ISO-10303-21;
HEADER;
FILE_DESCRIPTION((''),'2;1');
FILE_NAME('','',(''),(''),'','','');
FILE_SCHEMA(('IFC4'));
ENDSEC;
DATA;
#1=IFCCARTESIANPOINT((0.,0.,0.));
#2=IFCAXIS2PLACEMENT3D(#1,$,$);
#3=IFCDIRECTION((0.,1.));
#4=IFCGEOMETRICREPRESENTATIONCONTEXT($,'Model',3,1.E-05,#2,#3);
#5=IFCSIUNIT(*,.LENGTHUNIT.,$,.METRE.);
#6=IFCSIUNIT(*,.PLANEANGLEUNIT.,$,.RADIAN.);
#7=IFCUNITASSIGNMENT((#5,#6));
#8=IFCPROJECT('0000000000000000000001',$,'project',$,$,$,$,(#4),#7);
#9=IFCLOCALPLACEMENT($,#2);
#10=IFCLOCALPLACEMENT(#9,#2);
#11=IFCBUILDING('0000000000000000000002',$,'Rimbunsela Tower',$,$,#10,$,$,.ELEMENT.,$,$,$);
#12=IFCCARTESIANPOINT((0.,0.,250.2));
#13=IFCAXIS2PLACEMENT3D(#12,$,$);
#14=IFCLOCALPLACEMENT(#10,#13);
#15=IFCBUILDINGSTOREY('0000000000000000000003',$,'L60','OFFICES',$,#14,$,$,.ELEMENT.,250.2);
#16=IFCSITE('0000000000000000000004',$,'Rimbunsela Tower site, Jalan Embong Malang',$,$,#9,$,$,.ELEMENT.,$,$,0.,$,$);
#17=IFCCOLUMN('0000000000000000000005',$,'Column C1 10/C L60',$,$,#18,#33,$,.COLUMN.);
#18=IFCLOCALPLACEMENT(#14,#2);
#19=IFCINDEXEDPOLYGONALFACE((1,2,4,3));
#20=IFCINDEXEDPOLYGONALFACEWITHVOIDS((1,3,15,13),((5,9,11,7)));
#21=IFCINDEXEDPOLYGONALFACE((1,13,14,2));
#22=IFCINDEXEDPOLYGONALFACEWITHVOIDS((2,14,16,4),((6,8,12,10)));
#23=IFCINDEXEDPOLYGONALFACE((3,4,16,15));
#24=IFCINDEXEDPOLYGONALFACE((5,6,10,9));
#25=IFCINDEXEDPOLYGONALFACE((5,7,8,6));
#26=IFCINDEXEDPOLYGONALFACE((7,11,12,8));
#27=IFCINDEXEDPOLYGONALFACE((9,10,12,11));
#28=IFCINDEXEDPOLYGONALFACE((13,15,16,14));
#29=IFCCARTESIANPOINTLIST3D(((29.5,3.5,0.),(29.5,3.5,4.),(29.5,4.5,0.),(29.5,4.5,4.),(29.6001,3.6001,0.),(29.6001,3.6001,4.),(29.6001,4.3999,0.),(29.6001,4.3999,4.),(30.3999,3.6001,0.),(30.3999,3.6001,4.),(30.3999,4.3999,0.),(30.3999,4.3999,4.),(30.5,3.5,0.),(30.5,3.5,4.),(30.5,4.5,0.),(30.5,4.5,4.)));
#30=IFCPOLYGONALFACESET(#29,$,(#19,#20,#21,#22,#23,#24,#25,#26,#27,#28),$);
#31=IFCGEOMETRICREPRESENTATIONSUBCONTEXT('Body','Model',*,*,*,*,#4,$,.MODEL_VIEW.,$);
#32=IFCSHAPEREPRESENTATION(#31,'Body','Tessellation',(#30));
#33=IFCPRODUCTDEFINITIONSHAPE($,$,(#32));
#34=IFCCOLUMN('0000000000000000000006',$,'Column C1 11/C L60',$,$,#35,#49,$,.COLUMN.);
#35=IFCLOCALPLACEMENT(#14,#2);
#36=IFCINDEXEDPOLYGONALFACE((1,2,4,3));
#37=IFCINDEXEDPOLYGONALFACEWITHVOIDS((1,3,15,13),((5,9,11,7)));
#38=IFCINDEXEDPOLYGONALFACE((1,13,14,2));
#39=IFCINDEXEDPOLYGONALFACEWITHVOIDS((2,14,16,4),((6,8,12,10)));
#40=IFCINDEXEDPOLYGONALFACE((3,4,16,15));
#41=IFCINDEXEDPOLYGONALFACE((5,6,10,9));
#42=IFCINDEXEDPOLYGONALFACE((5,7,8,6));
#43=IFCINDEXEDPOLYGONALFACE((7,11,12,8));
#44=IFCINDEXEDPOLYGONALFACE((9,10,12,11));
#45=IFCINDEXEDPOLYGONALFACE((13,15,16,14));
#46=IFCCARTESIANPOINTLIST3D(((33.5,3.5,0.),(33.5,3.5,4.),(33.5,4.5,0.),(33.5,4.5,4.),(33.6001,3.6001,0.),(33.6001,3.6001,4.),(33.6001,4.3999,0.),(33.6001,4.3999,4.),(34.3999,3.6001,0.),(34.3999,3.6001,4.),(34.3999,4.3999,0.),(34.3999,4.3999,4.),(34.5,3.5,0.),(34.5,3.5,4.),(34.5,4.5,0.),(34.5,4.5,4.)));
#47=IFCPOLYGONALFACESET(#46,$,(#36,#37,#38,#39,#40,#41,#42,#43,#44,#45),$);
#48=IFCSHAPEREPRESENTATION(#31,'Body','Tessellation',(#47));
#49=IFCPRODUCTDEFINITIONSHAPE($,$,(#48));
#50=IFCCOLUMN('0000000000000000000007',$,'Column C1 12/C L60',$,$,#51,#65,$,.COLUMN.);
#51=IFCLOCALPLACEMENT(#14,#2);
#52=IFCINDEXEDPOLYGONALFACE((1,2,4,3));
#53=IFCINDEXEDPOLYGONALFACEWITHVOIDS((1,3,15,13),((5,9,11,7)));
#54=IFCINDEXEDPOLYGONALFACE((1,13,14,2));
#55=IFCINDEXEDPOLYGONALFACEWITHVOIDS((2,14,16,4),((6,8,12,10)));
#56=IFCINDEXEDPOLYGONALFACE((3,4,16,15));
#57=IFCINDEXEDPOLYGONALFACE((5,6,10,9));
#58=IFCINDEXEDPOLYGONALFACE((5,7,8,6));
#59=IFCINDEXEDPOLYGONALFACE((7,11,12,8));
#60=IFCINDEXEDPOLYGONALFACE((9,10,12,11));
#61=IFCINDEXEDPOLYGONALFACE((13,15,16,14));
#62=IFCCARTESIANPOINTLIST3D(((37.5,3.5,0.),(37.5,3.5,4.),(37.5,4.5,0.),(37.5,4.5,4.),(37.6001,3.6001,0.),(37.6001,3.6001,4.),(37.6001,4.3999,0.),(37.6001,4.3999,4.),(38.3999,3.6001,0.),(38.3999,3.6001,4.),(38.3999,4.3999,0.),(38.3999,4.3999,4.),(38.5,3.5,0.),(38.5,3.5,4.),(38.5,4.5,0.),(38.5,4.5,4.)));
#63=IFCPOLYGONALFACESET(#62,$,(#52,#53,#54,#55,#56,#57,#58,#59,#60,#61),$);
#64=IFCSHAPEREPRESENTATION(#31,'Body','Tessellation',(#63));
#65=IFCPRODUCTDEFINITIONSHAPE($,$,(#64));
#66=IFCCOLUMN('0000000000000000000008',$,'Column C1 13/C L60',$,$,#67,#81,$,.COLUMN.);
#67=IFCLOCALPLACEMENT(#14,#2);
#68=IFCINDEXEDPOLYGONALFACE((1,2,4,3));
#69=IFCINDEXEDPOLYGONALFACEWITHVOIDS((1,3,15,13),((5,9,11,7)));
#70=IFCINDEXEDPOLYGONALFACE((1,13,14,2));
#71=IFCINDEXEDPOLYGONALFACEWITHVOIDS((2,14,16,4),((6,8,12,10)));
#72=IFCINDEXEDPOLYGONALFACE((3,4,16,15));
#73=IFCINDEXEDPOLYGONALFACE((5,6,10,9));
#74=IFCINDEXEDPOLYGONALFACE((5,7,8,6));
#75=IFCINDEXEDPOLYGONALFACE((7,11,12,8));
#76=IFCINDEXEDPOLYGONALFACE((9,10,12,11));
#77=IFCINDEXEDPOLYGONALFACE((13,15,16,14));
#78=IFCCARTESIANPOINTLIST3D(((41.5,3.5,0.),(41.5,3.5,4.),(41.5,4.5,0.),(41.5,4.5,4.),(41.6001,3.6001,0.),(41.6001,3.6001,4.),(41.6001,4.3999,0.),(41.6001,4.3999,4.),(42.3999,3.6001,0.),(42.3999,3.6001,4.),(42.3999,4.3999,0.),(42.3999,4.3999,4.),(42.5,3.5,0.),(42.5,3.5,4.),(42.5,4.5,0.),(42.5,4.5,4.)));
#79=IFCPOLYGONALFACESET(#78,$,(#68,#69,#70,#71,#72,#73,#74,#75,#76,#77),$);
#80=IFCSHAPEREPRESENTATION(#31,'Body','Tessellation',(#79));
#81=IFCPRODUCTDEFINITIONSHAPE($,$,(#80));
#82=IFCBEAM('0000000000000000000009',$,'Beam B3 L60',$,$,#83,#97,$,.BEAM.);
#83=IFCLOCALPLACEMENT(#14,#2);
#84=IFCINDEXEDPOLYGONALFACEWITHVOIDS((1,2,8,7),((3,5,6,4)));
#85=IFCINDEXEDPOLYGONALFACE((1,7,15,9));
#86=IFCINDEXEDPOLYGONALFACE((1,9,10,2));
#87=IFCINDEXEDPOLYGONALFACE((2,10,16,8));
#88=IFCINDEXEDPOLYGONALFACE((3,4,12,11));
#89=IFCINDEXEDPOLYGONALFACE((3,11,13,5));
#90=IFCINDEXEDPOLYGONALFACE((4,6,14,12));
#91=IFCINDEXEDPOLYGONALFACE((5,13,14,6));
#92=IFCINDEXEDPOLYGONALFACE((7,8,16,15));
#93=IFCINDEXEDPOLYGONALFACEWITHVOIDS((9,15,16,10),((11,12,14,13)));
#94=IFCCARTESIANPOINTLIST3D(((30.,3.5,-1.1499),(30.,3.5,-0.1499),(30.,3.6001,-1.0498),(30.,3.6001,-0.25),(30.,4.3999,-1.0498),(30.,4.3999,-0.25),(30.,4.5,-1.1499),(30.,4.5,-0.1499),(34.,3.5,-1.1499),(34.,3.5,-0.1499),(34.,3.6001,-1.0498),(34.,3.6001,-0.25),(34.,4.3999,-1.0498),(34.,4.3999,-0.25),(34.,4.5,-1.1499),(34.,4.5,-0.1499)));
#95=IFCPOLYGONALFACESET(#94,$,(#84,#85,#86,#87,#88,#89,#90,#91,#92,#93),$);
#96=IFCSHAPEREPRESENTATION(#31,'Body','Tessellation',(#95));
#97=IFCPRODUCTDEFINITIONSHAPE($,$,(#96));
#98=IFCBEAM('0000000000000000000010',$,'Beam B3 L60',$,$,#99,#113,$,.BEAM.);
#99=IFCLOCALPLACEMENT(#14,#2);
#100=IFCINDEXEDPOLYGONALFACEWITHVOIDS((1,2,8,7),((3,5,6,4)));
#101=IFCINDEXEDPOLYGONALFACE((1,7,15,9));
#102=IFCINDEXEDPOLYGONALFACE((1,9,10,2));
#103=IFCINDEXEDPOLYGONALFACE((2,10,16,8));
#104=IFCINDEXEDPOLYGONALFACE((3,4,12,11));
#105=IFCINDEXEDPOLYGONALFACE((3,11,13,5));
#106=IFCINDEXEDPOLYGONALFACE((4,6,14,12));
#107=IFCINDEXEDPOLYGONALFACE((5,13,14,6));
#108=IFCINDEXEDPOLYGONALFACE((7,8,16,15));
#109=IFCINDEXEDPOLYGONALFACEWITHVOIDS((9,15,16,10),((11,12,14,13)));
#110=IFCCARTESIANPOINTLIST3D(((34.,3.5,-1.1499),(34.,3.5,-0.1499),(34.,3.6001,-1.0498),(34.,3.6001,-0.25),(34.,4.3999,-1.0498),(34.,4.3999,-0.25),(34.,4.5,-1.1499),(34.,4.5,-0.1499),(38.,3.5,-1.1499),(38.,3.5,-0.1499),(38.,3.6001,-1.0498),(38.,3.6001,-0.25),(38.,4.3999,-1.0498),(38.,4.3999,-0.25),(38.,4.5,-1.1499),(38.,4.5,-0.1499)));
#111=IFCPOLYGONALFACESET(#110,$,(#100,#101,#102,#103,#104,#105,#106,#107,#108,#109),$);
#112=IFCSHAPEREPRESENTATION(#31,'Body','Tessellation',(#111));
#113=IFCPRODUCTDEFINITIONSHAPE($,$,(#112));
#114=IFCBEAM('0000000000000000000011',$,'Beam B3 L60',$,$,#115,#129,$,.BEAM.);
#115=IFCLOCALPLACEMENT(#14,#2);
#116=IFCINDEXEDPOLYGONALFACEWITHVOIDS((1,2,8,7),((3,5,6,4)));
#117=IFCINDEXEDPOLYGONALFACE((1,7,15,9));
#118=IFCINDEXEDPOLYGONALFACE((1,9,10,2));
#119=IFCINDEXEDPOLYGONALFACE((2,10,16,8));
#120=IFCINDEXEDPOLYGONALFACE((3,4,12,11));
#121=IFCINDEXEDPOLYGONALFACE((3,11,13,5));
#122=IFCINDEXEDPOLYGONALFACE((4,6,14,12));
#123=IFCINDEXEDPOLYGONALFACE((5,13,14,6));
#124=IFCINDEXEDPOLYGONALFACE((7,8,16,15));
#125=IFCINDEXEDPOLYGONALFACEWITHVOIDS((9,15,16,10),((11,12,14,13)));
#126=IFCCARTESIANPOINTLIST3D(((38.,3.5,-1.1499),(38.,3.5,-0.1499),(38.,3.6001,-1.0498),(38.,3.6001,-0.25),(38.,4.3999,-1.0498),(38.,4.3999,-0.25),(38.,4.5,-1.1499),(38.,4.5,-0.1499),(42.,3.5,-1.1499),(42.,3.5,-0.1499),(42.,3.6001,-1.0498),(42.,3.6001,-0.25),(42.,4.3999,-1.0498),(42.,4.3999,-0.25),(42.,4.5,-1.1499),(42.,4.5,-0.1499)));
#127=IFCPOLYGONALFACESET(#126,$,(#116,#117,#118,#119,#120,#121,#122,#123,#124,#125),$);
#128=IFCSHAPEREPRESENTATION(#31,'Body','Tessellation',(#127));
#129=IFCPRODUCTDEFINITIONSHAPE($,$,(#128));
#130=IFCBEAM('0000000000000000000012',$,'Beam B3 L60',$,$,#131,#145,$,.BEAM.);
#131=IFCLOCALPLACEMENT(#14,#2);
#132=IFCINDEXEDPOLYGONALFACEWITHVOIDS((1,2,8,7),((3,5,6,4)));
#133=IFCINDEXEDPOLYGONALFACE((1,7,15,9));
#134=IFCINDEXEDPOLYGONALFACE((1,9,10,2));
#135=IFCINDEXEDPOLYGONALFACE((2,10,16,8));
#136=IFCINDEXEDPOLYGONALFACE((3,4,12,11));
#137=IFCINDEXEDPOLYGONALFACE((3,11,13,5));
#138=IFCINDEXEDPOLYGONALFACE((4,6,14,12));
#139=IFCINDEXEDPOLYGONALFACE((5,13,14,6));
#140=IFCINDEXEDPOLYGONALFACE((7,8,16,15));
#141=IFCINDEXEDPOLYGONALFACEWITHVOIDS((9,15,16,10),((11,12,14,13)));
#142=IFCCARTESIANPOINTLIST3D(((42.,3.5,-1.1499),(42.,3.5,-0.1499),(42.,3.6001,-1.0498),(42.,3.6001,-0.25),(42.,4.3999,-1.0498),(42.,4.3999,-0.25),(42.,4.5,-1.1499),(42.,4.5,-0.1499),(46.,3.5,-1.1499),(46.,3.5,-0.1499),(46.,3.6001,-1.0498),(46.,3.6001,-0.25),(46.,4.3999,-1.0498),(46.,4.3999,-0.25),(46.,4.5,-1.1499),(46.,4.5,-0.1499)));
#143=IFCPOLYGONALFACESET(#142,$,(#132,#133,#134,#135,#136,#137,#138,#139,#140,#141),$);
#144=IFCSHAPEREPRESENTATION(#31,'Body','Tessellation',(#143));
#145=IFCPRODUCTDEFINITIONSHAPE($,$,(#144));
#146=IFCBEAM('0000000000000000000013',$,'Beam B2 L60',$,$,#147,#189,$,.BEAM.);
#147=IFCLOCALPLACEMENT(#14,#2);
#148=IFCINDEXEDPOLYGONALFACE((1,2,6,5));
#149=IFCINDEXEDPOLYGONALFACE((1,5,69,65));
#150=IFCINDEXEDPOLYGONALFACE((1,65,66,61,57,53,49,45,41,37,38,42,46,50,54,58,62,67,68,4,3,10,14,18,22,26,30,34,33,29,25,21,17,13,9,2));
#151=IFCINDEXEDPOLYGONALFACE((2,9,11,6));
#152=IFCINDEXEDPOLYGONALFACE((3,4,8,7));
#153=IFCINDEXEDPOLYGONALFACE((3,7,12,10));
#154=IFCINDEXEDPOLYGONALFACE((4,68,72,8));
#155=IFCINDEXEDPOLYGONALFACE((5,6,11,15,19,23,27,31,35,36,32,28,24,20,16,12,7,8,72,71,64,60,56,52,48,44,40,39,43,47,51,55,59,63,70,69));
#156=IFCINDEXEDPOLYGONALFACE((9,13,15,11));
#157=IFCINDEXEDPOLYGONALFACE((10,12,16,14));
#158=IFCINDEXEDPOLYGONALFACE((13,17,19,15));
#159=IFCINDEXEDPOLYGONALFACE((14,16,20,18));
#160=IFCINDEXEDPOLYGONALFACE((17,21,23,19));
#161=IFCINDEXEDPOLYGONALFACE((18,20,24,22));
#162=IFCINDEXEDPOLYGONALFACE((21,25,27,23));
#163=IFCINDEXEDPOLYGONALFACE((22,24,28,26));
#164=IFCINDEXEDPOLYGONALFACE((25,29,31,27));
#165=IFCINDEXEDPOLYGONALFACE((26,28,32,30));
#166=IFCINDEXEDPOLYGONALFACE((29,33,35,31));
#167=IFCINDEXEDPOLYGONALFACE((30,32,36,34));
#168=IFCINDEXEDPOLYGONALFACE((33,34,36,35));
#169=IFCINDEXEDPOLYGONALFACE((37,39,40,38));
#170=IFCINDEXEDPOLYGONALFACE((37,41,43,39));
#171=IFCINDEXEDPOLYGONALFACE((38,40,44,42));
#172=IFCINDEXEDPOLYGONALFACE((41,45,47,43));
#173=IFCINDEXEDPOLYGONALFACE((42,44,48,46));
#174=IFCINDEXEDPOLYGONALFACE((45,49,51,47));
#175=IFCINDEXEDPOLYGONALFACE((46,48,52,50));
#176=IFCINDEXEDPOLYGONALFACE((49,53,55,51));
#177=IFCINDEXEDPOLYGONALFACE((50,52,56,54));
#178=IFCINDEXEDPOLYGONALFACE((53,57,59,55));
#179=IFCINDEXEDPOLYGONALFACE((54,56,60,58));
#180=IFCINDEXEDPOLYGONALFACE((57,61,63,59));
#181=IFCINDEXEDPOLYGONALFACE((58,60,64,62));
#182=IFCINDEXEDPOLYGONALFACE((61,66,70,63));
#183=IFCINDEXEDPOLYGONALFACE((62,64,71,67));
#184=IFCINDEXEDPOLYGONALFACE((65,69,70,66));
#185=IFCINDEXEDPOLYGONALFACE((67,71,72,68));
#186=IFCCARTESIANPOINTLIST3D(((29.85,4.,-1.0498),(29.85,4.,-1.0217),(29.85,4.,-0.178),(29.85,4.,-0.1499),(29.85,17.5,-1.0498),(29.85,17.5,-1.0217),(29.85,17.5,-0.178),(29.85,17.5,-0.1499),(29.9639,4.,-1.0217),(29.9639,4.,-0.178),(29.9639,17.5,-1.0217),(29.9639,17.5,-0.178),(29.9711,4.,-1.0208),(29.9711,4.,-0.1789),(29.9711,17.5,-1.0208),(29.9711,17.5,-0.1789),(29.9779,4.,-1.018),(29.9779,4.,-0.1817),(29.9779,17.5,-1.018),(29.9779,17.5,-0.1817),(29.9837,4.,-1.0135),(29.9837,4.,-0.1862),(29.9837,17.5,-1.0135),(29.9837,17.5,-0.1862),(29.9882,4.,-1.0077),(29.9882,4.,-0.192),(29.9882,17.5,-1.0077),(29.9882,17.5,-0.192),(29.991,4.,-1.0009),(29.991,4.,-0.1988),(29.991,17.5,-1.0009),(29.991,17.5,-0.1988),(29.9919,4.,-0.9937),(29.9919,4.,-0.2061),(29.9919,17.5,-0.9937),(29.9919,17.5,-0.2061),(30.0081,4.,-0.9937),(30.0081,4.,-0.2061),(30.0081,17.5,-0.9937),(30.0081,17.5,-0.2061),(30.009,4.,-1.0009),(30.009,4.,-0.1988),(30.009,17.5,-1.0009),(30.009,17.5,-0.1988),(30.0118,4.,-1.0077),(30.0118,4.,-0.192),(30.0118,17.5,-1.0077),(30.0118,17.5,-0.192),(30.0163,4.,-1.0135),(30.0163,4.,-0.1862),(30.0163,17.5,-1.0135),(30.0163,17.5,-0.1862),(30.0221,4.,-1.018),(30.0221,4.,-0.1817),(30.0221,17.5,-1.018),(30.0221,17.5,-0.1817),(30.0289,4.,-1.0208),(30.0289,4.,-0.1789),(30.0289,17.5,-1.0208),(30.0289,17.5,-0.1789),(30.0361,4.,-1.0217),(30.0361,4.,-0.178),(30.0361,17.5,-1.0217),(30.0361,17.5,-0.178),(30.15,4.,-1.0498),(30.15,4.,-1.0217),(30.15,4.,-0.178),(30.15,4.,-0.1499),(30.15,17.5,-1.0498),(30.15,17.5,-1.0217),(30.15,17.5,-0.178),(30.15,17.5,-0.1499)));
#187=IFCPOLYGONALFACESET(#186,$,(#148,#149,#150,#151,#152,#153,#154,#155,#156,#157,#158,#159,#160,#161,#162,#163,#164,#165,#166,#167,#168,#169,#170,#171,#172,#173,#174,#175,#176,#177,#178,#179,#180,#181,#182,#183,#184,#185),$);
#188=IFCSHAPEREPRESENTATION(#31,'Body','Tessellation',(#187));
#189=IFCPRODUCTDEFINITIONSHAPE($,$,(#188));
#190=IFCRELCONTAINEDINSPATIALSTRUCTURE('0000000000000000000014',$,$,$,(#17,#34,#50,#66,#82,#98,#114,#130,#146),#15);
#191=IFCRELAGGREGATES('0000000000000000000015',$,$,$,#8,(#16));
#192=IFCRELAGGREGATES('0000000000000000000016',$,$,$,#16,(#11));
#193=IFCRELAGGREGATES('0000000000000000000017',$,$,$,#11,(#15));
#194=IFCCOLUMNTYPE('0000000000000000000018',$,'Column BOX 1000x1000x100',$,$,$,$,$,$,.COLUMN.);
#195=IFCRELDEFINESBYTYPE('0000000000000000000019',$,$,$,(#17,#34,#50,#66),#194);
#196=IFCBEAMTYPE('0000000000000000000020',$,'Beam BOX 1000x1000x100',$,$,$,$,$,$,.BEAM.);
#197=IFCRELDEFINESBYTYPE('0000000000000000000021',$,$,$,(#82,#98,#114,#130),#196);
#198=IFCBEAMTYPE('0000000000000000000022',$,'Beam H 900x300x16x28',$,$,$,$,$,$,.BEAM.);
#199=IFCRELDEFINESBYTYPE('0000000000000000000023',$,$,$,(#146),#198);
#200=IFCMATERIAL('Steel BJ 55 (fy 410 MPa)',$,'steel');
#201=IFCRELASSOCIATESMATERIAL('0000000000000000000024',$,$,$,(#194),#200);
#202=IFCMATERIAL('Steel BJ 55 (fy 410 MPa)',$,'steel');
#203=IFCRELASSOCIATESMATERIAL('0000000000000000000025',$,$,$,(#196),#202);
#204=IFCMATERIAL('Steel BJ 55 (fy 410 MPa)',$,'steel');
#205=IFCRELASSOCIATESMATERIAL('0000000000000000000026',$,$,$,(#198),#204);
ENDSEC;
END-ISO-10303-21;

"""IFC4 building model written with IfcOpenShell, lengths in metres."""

from ifc_helpers import new_model, si_unit, direction, frame, origin, origin_2d, place, context, subcontext, project, spatial, hollow_rectangle, i_section, extrude, material, material_profile, profile_set, type_object, element, save


model = new_model("IFC4")

# Units and contexts
model_context = context("Model", 3, precision=1e-05, world=origin(), true_north=direction((0.0, 1.0)))
body_context = subcontext(model_context, "Body", "Model", "MODEL_VIEW")
ifc_project = project(units=[si_unit("LENGTHUNIT", "METRE"), si_unit("PLANEANGLEUNIT", "RADIAN")], contexts=[model_context])

# Site, building, storey
site_placement = place(None, origin())
site = spatial("IfcSite", under=ifc_project, at=site_placement, Name="Rimbunsela Tower site, Jalan Embong Malang", CompositionType="ELEMENT", RefElevation=0.0)
building_placement = place(site_placement, origin())
building = spatial("IfcBuilding", under=site, at=building_placement, Name="Rimbunsela Tower", CompositionType="ELEMENT")
storey_placement = place(building_placement, frame((0.0, 0.0, 250.2)))
storey = spatial("IfcBuildingStorey", under=building, at=storey_placement, Name="L60", Description="OFFICES", CompositionType="ELEMENT", Elevation=250.2)

# Columns
ifc_material_1 = material(Name="Steel BJ 55 (fy 410 MPa)", Category="steel")
ifc_material_profile_1 = material_profile(ifc_material_1, hollow_rectangle(XDim=1.0, YDim=1.0, WallThickness=0.1001, at=origin_2d()), Name="BOX 1000x1000x100")
ifc_profile_set_1 = profile_set([ifc_material_profile_1], Name="Steel BJ 55 (fy 410 MPa)")
column_type = type_object("IfcColumnType", Name="Column BOX 1000x1000x100", PredefinedType="COLUMN", material=ifc_profile_set_1)
for number, where, z_axis, x_axis, name in (
    (1, (30.0, 4.0, 0.0), (0.0, 0.0, 1.0), (1.0, 0.0, 0.0), "Column C1 10/C L60"),
    (2, (34.0, 4.0, 0.0), (0.0, 0.0, 1.0), (1.0, 0.0, 0.0), "Column C1 11/C L60"),
    (3, (38.0, 4.0, 0.0), (0.0, 0.0, 1.0), (1.0, 0.0, 0.0), "Column C1 12/C L60"),
    (4, (42.0, 4.0, 0.0), (0.0, 0.0, 1.0), (1.0, 0.0, 0.0), "Column C1 13/C L60"),
):
    element("IfcColumn", number, at=place(storey_placement, frame(where, z_axis=z_axis, x_axis=x_axis)), inside=storey, type_object=column_type, Name=name, PredefinedType="COLUMN", context=body_context, shape_type="SweptSolid", body=[
        extrude(hollow_rectangle(XDim=1.0, YDim=1.0, WallThickness=0.1001, at=origin_2d()), origin(), (0.0, 0.0, 1.0), 4.0),
    ])

# Beams
ifc_material_2 = material(Name="Steel BJ 55 (fy 410 MPa)", Category="steel")
ifc_material_profile_2 = material_profile(ifc_material_2, hollow_rectangle(XDim=1.0, YDim=1.0, WallThickness=0.1001, at=origin_2d()), Name="BOX 1000x1000x100")
ifc_profile_set_2 = profile_set([ifc_material_profile_2], Name="Steel BJ 55 (fy 410 MPa)")
beam_type_1 = type_object("IfcBeamType", Name="Beam BOX 1000x1000x100", PredefinedType="BEAM", material=ifc_profile_set_2)
for number, where, z_axis, x_axis, name in (
    (5, (30.0, 4.0, -0.6499), (1.0, 0.0, 0.0), (0.0, 1.0, 0.0), "Beam B3 L60"),
    (6, (34.0, 4.0, -0.6499), (1.0, 0.0, 0.0), (0.0, 1.0, 0.0), "Beam B3 L60"),
    (7, (38.0, 4.0, -0.6499), (1.0, 0.0, 0.0), (0.0, 1.0, 0.0), "Beam B3 L60"),
    (8, (42.0, 4.0, -0.6499), (1.0, 0.0, 0.0), (0.0, 1.0, 0.0), "Beam B3 L60"),
):
    element("IfcBeam", number, at=place(storey_placement, frame(where, z_axis=z_axis, x_axis=x_axis)), inside=storey, type_object=beam_type_1, Name=name, PredefinedType="BEAM", context=body_context, shape_type="SweptSolid", body=[
        extrude(hollow_rectangle(XDim=1.0, YDim=1.0, WallThickness=0.1001, at=origin_2d()), origin(), (0.0, 0.0, 1.0), 4.0),
    ])
ifc_material_3 = material(Name="Steel BJ 55 (fy 410 MPa)", Category="steel")
ifc_material_profile_3 = material_profile(ifc_material_3, i_section(OverallWidth=0.3, OverallDepth=0.8999, WebThickness=0.0161, FlangeThickness=0.0281, FilletRadius=0.0281, at=origin_2d()), Name="H 900x300x16x28")
ifc_profile_set_3 = profile_set([ifc_material_profile_3], Name="Steel BJ 55 (fy 410 MPa)")
beam_type_2 = type_object("IfcBeamType", Name="Beam H 900x300x16x28", PredefinedType="BEAM", material=ifc_profile_set_3)
for number, where, z_axis, x_axis, name in (
    (9, (30.0, 4.0, -0.5999), (0.0, 1.0, 0.0), (-1.0, 0.0, 0.0), "Beam B2 L60"),
):
    element("IfcBeam", number, at=place(storey_placement, frame(where, z_axis=z_axis, x_axis=x_axis)), inside=storey, type_object=beam_type_2, Name=name, PredefinedType="BEAM", context=body_context, shape_type="SweptSolid", body=[
        extrude(i_section(OverallWidth=0.3, OverallDepth=0.8999, WebThickness=0.0161, FlangeThickness=0.0281, FilletRadius=0.0281, at=origin_2d()), origin(), (0.0, 0.0, 1.0), 13.5),
    ])

save(model, "model.ifc")
